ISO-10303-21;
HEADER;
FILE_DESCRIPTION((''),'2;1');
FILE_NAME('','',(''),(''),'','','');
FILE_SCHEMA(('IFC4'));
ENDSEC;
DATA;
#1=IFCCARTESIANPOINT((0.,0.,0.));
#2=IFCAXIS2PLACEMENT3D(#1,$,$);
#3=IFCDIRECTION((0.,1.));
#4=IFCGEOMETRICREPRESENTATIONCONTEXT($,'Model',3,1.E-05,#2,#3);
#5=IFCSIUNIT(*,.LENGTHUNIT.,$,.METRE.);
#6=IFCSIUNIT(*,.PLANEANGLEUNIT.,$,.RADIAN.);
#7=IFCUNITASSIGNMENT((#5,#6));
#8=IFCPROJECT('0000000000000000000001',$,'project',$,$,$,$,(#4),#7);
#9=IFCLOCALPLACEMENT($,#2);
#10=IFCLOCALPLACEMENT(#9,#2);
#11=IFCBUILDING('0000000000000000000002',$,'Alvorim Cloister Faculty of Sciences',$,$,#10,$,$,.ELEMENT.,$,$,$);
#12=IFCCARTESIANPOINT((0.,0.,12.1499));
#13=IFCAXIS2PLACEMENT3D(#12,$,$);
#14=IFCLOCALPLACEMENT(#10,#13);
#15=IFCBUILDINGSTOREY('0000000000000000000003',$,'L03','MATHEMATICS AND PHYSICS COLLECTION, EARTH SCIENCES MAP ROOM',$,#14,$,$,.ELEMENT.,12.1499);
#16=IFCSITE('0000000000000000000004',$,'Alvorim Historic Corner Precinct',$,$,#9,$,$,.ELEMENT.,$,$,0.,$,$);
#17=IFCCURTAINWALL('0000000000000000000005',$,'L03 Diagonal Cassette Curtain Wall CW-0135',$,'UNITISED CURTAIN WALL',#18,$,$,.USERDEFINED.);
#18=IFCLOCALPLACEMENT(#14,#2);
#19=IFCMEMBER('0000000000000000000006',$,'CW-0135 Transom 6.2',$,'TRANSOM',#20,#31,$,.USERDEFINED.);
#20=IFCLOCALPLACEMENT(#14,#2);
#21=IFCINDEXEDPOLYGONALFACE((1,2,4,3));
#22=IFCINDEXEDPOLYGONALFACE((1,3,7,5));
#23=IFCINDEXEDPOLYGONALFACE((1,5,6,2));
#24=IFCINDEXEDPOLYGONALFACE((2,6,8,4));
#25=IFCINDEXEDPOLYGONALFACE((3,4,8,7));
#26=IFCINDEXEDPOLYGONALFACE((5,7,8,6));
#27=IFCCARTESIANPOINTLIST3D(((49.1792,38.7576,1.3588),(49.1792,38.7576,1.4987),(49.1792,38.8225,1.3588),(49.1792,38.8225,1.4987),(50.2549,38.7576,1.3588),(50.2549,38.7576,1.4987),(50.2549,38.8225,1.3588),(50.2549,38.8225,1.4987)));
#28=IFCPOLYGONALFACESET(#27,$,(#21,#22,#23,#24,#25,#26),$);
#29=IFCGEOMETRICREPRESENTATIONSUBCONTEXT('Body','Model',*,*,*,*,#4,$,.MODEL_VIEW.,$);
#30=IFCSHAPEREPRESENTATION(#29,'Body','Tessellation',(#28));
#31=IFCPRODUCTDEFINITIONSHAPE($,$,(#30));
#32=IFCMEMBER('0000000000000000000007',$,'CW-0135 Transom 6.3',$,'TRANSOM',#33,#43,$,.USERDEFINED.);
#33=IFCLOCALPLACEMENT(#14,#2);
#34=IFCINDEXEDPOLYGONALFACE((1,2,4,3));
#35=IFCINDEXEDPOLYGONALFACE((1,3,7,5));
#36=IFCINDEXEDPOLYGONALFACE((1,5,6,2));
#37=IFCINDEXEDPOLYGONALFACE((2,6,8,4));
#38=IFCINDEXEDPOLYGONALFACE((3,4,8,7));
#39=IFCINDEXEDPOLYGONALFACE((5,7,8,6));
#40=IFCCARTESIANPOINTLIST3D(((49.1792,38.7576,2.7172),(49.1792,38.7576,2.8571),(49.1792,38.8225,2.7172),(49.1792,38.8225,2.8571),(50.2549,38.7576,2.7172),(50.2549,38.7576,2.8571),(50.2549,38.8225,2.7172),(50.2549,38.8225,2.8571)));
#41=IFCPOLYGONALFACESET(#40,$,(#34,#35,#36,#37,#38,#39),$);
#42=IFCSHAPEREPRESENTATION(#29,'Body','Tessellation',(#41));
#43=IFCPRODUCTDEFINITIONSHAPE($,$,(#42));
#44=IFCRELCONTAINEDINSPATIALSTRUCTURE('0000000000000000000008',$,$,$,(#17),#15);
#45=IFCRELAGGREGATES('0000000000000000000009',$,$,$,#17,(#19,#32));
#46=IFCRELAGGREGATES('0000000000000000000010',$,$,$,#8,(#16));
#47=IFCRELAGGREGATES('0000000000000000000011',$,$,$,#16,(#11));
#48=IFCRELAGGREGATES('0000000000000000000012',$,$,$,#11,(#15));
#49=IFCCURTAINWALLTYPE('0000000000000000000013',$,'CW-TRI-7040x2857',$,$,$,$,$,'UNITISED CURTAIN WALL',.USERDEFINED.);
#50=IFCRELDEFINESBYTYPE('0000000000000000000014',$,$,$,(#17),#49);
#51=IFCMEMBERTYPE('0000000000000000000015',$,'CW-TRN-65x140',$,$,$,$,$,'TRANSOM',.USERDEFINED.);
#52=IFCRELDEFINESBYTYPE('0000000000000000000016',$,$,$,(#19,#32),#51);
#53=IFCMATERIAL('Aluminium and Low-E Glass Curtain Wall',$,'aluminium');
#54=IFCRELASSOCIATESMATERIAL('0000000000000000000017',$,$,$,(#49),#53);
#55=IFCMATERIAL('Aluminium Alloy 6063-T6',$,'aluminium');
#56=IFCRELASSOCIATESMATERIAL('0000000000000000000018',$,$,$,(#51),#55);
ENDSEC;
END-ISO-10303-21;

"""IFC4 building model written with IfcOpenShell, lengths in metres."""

from ifc_helpers import new_model, si_unit, direction, frame, origin, origin_2d, place, context, subcontext, project, spatial, rectangle, extrude, material, material_profile, profile_set, type_object, element, aggregate, save


model = new_model("IFC4")

# Units and contexts
model_context = context("Model", 3, precision=1e-05, world=origin(), true_north=direction((0.0, 1.0)))
body_context = subcontext(model_context, "Body", "Model", "MODEL_VIEW")
ifc_project = project(units=[si_unit("LENGTHUNIT", "METRE"), si_unit("PLANEANGLEUNIT", "RADIAN")], contexts=[model_context])

# Site, building, storey
site_placement = place(None, origin())
site = spatial("IfcSite", under=ifc_project, at=site_placement, Name="Alvorim Historic Corner Precinct", CompositionType="ELEMENT", RefElevation=0.0)
building_placement = place(site_placement, origin())
building = spatial("IfcBuilding", under=site, at=building_placement, Name="Alvorim Cloister Faculty of Sciences", CompositionType="ELEMENT")
storey_placement = place(building_placement, frame((0.0, 0.0, 12.1499)))
storey = spatial("IfcBuildingStorey", under=building, at=storey_placement, Name="L03", Description="MATHEMATICS AND PHYSICS COLLECTION, EARTH SCIENCES MAP ROOM", CompositionType="ELEMENT", Elevation=12.1499)

# Curtain wall
ifc_material_1 = material(Name="Aluminium and Low-E Glass Curtain Wall", Category="aluminium")
curtain_wall_type = type_object("IfcCurtainWallType", Name="CW-TRI-7040x2857", ElementType="UNITISED CURTAIN WALL", PredefinedType="USERDEFINED", material=ifc_material_1)
ifc_material_2 = material(Name="Aluminium Alloy 6063-T6", Category="aluminium")
curtain_wall_1_placement = place(storey_placement, origin())
curtain_wall_1 = element("IfcCurtainWall", 1, at=curtain_wall_1_placement, inside=storey, type_object=curtain_wall_type, Name="L03 Diagonal Cassette Curtain Wall CW-0135", ObjectType="UNITISED CURTAIN WALL", PredefinedType="USERDEFINED")

# Members
ifc_material_profile_1 = material_profile(ifc_material_2, rectangle(XDim=0.0649, YDim=0.1399, at=origin_2d()), Name="ALU-TRN-65x140")
ifc_profile_set_1 = profile_set([ifc_material_profile_1], Name="Aluminium Alloy 6063-T6")
member_type_1 = type_object("IfcMemberType", Name="CW-TRN-65x140", ElementType="TRANSOM", PredefinedType="USERDEFINED", material=ifc_profile_set_1)
member_1_placement = place(storey_placement, frame((49.1792, 38.79, 1.4287), z_axis=(1.0, 0.0, 0.0), x_axis=(0.0, 1.0, 0.0)))
member_1 = element("IfcMember", 2, at=member_1_placement, type_object=member_type_1, Name="CW-0135 Transom 6.2", ObjectType="TRANSOM", PredefinedType="USERDEFINED", context=body_context, shape_type="SweptSolid", body=[
    extrude(rectangle(XDim=0.0649, YDim=0.1399, at=origin_2d()), origin(), (0.0, 0.0, 1.0), 1.0757),
])
member_2_placement = place(storey_placement, frame((49.1792, 38.79, 2.7871), z_axis=(1.0, 0.0, 0.0), x_axis=(0.0, 1.0, 0.0)))
member_2 = element("IfcMember", 3, at=member_2_placement, type_object=member_type_1, Name="CW-0135 Transom 6.3", ObjectType="TRANSOM", PredefinedType="USERDEFINED", context=body_context, shape_type="SweptSolid", body=[
    extrude(rectangle(XDim=0.0649, YDim=0.1399, at=origin_2d()), origin(), (0.0, 0.0, 1.0), 1.0757),
])
aggregate(curtain_wall_1, [member_1, member_2])

save(model, "model.ifc")
